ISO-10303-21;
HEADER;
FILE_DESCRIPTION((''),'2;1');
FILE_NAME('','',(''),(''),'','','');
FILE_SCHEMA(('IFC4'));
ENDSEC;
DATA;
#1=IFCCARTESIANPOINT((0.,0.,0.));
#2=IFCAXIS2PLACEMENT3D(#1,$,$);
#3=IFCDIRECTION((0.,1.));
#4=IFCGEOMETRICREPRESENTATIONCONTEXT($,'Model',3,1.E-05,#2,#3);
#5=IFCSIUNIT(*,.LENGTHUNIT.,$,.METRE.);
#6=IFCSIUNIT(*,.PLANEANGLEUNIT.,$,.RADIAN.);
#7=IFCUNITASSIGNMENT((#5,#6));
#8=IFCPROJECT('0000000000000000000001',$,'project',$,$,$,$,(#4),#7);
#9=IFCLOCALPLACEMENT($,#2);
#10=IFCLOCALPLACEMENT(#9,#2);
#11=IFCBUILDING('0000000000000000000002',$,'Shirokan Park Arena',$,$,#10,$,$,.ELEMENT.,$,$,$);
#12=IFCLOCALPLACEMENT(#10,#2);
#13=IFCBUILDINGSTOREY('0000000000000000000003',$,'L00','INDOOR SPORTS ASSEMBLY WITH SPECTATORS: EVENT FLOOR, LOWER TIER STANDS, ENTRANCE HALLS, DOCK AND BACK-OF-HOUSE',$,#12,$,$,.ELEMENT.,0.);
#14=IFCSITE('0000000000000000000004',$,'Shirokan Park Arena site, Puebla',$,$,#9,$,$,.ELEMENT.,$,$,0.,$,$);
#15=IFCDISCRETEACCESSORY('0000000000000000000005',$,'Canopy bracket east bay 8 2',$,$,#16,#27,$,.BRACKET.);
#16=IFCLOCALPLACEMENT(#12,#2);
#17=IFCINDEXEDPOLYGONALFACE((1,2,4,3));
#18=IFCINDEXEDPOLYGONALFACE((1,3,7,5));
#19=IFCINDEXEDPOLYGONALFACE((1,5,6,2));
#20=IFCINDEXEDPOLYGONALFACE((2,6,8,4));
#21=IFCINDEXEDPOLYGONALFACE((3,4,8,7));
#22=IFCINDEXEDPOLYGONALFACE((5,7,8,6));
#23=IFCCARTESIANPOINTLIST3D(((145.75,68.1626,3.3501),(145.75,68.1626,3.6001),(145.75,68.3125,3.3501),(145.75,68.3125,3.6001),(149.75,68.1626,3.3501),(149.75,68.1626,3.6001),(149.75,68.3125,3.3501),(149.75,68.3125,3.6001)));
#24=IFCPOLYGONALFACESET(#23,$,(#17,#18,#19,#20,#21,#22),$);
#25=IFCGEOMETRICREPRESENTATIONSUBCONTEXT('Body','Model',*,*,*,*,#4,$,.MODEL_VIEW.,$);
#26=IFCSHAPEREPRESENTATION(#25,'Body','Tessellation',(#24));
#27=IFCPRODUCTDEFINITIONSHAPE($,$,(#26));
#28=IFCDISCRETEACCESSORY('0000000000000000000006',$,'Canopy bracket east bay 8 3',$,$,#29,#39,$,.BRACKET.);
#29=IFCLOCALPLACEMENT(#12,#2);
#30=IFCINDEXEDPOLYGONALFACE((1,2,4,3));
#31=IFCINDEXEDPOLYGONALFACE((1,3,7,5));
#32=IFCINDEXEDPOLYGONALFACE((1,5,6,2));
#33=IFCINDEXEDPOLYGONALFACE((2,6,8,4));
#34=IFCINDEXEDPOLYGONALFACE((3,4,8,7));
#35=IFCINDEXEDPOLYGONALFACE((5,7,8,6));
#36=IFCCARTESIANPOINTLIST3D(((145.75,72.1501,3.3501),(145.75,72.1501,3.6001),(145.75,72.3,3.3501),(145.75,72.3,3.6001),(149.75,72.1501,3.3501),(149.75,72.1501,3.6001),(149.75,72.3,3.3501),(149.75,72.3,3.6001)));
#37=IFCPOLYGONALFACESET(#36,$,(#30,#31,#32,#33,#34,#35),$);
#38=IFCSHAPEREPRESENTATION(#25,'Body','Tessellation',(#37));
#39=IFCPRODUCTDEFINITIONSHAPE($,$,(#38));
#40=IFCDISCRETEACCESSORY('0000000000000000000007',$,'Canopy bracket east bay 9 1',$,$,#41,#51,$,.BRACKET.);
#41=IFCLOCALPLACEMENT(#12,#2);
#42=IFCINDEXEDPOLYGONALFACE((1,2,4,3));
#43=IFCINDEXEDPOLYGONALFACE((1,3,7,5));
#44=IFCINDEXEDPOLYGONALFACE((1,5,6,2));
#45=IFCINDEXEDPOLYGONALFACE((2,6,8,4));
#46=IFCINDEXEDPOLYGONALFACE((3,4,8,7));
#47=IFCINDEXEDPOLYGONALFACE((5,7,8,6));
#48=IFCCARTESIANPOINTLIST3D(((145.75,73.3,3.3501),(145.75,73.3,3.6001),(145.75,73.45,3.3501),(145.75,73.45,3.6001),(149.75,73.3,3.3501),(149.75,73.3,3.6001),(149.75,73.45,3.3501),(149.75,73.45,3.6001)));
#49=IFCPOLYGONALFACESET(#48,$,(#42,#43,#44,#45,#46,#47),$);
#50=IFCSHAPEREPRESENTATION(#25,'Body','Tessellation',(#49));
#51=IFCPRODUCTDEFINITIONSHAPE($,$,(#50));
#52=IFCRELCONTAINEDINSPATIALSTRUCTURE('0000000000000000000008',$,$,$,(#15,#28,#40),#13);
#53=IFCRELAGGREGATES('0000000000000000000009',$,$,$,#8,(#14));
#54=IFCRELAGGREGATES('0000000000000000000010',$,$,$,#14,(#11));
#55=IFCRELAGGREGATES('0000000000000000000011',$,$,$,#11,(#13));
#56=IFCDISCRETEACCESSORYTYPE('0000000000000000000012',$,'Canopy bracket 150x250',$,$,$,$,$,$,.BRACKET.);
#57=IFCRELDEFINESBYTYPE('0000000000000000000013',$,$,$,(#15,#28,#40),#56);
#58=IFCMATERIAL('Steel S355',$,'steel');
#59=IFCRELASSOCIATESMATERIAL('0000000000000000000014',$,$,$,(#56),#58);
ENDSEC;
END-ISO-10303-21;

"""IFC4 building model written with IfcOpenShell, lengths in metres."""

from ifc_helpers import new_model, si_unit, direction, frame, origin, origin_2d, place, context, subcontext, project, spatial, rectangle, extrude, material, type_object, element, save


model = new_model("IFC4")

# Units and contexts
model_context = context("Model", 3, precision=1e-05, world=origin(), true_north=direction((0.0, 1.0)))
body_context = subcontext(model_context, "Body", "Model", "MODEL_VIEW")
ifc_project = project(units=[si_unit("LENGTHUNIT", "METRE"), si_unit("PLANEANGLEUNIT", "RADIAN")], contexts=[model_context])

# Site, building, storey
site_placement = place(None, origin())
site = spatial("IfcSite", under=ifc_project, at=site_placement, Name="Shirokan Park Arena site, Puebla", CompositionType="ELEMENT", RefElevation=0.0)
building_placement = place(site_placement, origin())
building = spatial("IfcBuilding", under=site, at=building_placement, Name="Shirokan Park Arena", CompositionType="ELEMENT")
storey_placement = place(building_placement, origin())
storey = spatial("IfcBuildingStorey", under=building, at=storey_placement, Name="L00", Description="INDOOR SPORTS ASSEMBLY WITH SPECTATORS: EVENT FLOOR, LOWER TIER STANDS, ENTRANCE HALLS, DOCK AND BACK-OF-HOUSE", CompositionType="ELEMENT", Elevation=0.0)

# Shared definitions
ifc_material_1 = material(Name="Steel S355", Category="steel")

# Discrete accessories
discrete_accessory_type = type_object("IfcDiscreteAccessoryType", Name="Canopy bracket 150x250", PredefinedType="BRACKET", material=ifc_material_1)
for number, where, z_axis, x_axis, name in (
    (1, (147.75, 68.2375, 3.3501), (0.0, 0.0, 1.0), (0.0, 1.0, 0.0), "Canopy bracket east bay 8 2"),
    (2, (147.75, 72.2251, 3.3501), (0.0, 0.0, 1.0), (0.0, 1.0, 0.0), "Canopy bracket east bay 8 3"),
    (3, (147.75, 73.375, 3.3501), (0.0, 0.0, 1.0), (0.0, 1.0, 0.0), "Canopy bracket east bay 9 1"),
):
    element("IfcDiscreteAccessory", number, at=place(storey_placement, frame(where, z_axis=z_axis, x_axis=x_axis)), inside=storey, type_object=discrete_accessory_type, Name=name, PredefinedType="BRACKET", context=body_context, shape_type="SweptSolid", body=[
        extrude(rectangle(XDim=0.1499, YDim=4.0, at=origin_2d()), origin(), (0.0, 0.0, 1.0), 0.25),
    ])

save(model, "model.ifc")
